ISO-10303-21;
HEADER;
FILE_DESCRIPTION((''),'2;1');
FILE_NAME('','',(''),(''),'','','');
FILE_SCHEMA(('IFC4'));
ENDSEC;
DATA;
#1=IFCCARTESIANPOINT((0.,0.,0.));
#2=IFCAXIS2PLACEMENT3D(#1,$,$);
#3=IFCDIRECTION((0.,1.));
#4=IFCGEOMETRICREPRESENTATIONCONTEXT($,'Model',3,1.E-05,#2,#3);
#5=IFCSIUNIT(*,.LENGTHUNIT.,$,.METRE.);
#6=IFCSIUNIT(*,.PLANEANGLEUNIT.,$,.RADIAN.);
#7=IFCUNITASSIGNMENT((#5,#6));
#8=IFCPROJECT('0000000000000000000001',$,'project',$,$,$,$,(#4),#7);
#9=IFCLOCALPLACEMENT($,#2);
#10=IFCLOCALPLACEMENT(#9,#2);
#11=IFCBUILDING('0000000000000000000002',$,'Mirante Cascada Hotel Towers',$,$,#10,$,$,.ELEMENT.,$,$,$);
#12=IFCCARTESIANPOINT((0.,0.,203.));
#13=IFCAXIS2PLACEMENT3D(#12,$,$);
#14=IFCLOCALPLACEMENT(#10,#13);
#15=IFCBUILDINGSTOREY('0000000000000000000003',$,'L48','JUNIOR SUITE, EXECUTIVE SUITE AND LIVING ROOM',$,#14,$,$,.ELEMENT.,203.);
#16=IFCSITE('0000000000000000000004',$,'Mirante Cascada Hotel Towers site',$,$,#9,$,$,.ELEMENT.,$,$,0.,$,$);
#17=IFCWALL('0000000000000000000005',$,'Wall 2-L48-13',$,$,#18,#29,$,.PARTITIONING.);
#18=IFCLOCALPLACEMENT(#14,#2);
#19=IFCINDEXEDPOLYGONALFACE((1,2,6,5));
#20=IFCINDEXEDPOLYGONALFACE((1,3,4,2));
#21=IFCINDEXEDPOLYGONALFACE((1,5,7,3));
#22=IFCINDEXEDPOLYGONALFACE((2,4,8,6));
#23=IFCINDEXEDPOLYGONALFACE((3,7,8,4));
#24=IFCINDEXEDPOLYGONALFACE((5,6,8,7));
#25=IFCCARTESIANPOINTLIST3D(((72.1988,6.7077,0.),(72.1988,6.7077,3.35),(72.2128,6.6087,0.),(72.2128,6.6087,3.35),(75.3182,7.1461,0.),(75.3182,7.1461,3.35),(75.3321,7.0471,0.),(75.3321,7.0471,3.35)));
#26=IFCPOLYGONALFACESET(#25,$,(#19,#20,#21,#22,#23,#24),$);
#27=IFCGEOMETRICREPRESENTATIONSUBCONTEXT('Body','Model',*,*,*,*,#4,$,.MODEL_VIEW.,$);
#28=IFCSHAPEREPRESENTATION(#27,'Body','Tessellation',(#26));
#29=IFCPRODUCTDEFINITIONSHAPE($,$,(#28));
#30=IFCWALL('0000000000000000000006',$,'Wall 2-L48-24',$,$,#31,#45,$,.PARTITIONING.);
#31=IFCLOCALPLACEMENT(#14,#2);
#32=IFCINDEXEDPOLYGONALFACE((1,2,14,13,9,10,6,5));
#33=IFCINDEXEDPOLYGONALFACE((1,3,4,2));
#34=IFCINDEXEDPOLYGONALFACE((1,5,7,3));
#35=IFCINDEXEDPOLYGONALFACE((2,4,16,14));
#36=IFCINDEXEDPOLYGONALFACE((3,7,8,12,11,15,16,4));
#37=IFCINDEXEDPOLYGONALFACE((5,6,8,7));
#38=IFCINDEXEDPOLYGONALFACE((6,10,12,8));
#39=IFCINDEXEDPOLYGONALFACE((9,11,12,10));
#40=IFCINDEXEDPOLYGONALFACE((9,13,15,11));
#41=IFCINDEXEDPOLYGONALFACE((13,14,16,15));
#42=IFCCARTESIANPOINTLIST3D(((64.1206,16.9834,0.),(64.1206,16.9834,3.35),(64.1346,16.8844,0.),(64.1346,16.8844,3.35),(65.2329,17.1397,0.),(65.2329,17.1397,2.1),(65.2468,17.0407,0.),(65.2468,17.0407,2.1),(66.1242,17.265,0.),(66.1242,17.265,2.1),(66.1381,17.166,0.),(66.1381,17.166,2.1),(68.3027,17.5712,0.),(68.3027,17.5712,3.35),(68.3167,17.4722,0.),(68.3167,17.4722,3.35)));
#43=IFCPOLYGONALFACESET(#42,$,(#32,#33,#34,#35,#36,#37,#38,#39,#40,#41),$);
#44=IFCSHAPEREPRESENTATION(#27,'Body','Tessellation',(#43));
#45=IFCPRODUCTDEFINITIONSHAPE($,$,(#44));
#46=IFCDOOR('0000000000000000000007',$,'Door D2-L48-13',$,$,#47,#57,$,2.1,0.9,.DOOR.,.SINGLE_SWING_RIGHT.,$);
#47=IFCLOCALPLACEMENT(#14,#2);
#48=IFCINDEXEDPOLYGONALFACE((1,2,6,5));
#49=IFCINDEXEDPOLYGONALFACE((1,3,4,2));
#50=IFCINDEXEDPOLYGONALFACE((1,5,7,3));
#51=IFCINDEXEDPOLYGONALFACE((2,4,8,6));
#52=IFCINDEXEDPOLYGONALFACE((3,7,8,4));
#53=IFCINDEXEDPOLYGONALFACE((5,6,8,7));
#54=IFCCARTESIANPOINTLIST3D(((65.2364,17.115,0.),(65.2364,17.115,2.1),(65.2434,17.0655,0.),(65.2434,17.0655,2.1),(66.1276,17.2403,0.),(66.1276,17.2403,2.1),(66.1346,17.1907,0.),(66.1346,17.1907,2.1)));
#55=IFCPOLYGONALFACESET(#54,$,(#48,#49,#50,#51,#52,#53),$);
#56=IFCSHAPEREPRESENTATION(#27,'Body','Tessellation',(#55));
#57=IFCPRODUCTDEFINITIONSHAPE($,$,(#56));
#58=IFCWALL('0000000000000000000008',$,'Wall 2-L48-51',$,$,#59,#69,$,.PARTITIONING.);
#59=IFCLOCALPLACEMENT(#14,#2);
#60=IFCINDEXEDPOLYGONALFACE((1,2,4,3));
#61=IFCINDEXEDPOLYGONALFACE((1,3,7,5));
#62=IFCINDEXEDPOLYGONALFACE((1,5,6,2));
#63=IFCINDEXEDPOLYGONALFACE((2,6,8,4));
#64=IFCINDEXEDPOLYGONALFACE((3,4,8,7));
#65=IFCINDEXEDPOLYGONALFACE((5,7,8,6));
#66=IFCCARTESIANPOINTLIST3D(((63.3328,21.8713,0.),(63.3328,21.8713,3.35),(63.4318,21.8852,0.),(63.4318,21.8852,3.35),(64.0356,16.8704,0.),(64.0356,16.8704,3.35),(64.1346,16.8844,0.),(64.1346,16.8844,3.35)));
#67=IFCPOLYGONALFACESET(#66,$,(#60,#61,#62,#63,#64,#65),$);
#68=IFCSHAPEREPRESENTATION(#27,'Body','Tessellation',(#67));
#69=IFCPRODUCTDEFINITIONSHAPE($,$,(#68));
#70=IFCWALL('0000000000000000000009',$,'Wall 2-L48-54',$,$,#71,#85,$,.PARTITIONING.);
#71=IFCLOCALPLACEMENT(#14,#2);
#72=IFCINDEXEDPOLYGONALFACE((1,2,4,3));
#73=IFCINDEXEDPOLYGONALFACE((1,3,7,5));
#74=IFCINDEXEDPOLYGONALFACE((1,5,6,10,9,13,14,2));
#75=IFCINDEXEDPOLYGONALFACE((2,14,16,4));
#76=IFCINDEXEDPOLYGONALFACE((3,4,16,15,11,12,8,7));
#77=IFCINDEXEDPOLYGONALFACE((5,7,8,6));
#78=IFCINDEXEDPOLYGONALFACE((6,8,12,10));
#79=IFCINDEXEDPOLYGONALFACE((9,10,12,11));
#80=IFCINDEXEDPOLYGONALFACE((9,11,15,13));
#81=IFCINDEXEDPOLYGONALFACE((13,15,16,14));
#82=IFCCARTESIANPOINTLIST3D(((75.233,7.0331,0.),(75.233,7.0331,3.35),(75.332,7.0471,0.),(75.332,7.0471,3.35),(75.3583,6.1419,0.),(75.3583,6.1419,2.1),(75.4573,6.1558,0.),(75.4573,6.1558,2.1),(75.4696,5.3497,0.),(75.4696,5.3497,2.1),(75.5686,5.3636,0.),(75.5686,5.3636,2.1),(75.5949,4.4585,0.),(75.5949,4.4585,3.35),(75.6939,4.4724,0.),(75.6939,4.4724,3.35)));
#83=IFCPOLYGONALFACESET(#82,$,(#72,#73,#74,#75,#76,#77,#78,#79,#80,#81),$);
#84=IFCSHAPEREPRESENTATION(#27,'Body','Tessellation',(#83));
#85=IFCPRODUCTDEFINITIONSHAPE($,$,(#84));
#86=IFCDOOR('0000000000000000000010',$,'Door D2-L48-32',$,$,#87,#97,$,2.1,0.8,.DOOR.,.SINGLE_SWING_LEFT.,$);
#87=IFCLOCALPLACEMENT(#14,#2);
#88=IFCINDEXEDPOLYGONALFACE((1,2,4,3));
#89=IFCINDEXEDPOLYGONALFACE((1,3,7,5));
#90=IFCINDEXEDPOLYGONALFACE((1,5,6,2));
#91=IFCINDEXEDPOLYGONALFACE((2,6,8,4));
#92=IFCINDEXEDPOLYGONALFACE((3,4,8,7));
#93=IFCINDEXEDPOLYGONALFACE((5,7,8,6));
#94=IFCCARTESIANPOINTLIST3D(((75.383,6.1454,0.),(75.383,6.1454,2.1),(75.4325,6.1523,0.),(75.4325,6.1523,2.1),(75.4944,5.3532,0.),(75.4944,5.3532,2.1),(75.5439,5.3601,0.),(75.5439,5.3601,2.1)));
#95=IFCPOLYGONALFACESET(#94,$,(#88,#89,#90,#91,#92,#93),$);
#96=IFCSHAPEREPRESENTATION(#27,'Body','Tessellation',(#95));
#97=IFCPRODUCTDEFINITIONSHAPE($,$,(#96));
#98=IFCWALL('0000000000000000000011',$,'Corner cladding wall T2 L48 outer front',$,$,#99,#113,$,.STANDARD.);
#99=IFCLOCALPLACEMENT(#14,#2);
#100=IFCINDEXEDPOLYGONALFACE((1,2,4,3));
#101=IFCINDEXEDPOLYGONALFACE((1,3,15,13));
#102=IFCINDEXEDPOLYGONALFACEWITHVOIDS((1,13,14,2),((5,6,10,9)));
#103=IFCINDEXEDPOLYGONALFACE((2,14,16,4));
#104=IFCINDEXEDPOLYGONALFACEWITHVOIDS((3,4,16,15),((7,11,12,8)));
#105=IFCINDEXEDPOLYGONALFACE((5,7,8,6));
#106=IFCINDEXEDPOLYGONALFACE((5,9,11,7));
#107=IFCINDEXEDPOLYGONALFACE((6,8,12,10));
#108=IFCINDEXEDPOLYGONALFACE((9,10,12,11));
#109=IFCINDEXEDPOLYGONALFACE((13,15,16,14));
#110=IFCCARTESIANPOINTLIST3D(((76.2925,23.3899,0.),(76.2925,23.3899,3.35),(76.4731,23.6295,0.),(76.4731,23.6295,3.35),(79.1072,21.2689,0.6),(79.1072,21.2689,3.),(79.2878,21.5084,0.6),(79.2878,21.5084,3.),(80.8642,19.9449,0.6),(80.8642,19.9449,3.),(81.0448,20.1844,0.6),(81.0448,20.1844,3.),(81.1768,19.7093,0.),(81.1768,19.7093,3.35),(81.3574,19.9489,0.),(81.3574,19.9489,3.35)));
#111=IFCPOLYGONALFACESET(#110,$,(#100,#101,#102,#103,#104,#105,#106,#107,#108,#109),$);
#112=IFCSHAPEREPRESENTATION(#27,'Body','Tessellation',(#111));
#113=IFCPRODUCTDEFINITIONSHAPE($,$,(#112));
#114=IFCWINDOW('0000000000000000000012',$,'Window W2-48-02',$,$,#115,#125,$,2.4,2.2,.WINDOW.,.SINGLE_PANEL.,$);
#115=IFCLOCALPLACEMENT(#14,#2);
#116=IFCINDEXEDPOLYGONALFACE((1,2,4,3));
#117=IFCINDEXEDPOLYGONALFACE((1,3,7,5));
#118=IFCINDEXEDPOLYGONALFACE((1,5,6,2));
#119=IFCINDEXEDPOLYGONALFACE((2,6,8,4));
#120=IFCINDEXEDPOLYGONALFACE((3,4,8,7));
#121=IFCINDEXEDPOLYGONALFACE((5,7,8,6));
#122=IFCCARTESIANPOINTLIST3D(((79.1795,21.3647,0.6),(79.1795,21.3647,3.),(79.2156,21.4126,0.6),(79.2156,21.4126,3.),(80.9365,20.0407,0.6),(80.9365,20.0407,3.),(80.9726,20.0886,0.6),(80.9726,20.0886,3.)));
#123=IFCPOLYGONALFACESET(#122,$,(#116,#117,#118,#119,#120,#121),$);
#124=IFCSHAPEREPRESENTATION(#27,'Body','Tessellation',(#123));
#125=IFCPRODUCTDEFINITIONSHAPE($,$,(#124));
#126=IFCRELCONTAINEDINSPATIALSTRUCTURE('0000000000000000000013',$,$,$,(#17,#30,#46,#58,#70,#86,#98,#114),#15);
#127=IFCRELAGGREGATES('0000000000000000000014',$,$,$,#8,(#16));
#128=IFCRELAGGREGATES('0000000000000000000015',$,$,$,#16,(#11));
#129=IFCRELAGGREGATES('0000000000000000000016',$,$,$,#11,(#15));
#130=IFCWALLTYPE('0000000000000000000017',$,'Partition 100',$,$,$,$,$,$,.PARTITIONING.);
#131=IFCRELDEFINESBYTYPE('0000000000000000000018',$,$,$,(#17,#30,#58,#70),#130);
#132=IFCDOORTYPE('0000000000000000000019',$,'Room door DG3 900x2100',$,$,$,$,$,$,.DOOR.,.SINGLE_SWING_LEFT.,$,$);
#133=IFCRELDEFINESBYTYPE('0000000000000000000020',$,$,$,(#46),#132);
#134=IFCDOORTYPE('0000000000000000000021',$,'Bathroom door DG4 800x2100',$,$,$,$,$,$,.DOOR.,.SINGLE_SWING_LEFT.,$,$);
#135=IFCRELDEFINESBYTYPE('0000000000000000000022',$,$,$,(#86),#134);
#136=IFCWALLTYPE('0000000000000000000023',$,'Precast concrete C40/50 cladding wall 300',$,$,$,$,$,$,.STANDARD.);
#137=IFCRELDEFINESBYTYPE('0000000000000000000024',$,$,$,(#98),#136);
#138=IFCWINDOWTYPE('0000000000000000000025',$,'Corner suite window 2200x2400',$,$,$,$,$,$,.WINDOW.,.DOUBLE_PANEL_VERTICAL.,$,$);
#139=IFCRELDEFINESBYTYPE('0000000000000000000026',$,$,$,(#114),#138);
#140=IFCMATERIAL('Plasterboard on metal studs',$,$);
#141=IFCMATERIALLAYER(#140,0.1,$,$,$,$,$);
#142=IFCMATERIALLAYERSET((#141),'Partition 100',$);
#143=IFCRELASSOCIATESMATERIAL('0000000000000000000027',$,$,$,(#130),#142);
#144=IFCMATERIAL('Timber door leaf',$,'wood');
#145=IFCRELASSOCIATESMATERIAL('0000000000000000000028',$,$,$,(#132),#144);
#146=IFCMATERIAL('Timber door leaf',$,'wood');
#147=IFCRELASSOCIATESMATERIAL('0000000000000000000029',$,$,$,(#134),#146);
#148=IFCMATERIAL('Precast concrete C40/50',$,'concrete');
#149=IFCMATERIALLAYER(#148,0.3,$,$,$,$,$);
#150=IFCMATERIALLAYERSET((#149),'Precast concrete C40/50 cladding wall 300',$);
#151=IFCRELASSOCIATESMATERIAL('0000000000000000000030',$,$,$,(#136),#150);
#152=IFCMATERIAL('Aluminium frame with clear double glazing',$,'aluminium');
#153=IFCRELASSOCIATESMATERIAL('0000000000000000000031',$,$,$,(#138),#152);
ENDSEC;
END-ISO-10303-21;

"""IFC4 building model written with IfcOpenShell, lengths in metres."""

from ifc_helpers import new_model, si_unit, direction, frame, frame_2d, origin, place, context, subcontext, project, spatial, rectangle, extrude, material, layer, layer_set, type_object, element, fill, save


model = new_model("IFC4")

# Units and contexts
model_context = context("Model", 3, precision=1e-05, world=origin(), true_north=direction((0.0, 1.0)))
body_context = subcontext(model_context, "Body", "Model", "MODEL_VIEW")
ifc_project = project(units=[si_unit("LENGTHUNIT", "METRE"), si_unit("PLANEANGLEUNIT", "RADIAN")], contexts=[model_context])

# Site, building, storey
site_placement = place(None, origin())
site = spatial("IfcSite", under=ifc_project, at=site_placement, Name="Mirante Cascada Hotel Towers site", CompositionType="ELEMENT", RefElevation=0.0)
building_placement = place(site_placement, origin())
building = spatial("IfcBuilding", under=site, at=building_placement, Name="Mirante Cascada Hotel Towers", CompositionType="ELEMENT")
storey_placement = place(building_placement, frame((0.0, 0.0, 203.0)))
storey = spatial("IfcBuildingStorey", under=building, at=storey_placement, Name="L48", Description="JUNIOR SUITE, EXECUTIVE SUITE AND LIVING ROOM", CompositionType="ELEMENT", Elevation=203.0)

# Wall
ifc_material_1 = material(Name="Plasterboard on metal studs")
ifc_layer_1 = layer(ifc_material_1, 0.1)
ifc_layer_set_1 = layer_set([ifc_layer_1], Name="Partition 100")
wall_type_1 = type_object("IfcWallType", Name="Partition 100", PredefinedType="PARTITIONING", material=ifc_layer_set_1)
wall_1_placement = place(storey_placement, frame((72.2058, 6.6582, 0.0), z_axis=(0.0, 0.0, 1.0), x_axis=(0.990268, 0.139177, 0.0)))
element("IfcWall", 1, at=wall_1_placement, inside=storey, type_object=wall_type_1, Name="Wall 2-L48-13", PredefinedType="PARTITIONING", context=body_context, shape_type="SweptSolid", body=[
    extrude(rectangle(XDim=3.15, YDim=0.1, at=frame_2d((1.575, 0.0))), origin(), (0.0, 0.0, 1.0), 3.35),
])

# Wall, opening, door
wall_2_placement = place(storey_placement, frame((68.3097, 17.5217, 0.0), z_axis=(0.0, 0.0, 1.0), x_axis=(-0.990267, -0.139183, 0.0)))
wall_2 = element("IfcWall", 2, at=wall_2_placement, inside=storey, type_object=wall_type_1, Name="Wall 2-L48-24", PredefinedType="PARTITIONING", context=body_context, shape_type="SweptSolid", body=[
    extrude(rectangle(XDim=4.2232, YDim=0.1, at=frame_2d((2.1116, 0.0))), origin(), (0.0, 0.0, 1.0), 3.35),
])
opening_1_placement = place(wall_2_placement, frame((2.2, 0.0, 0.0)))
opening_1 = element("IfcOpeningElement", 3, at=opening_1_placement, cuts=wall_2, PredefinedType="OPENING", context=body_context, shape_type="SweptSolid", body=[
    extrude(rectangle(XDim=0.9, YDim=2.1, at=frame_2d((0.45, 1.05))), frame((0.0, 0.05, 0.0), z_axis=(0.0, -1.0, 0.0), x_axis=(1.0, 0.0, 0.0)), (0.0, 0.0, 1.0), 0.1),
])
ifc_material_2 = material(Name="Timber door leaf", Category="wood")
door_type_1 = type_object("IfcDoorType", Name="Room door DG3 900x2100", OperationType="SINGLE_SWING_LEFT", PredefinedType="DOOR", material=ifc_material_2)
door_1_placement = place(opening_1_placement, frame((0.9, 0.0, 0.0), z_axis=(0.0, 0.0, 1.0), x_axis=(-1.0, 0.0, 0.0)))
door_1 = element("IfcDoor", 4, at=door_1_placement, inside=storey, type_object=door_type_1, Name="Door D2-L48-13", OperationType="SINGLE_SWING_RIGHT", OverallHeight=2.1, OverallWidth=0.9, PredefinedType="DOOR", context=body_context, shape_type="SweptSolid", body=[
    extrude(rectangle(XDim=0.9, YDim=2.1, at=frame_2d((0.45, 1.05))), frame((0.0, 0.025, 0.0), z_axis=(0.0, -1.0, 0.0), x_axis=(1.0, 0.0, 0.0)), (0.0, 0.0, 1.0), 0.05),
])
fill(opening_1, door_1)

# Wall
wall_3_placement = place(storey_placement, frame((64.0851, 16.8774, 0.0), z_axis=(0.0, 0.0, 1.0), x_axis=(-0.139167, 0.990269, 0.0)))
element("IfcWall", 5, at=wall_3_placement, inside=storey, type_object=wall_type_1, Name="Wall 2-L48-51", PredefinedType="PARTITIONING", context=body_context, shape_type="SweptSolid", body=[
    extrude(rectangle(XDim=5.05, YDim=0.1, at=frame_2d((2.525, 0.0))), origin(), (0.0, 0.0, 1.0), 3.35),
])

# Wall, opening, door
wall_4_placement = place(storey_placement, frame((75.2825, 7.0401, 0.0), z_axis=(0.0, 0.0, 1.0), x_axis=(0.139192, -0.990265, 0.0)))
wall_4 = element("IfcWall", 6, at=wall_4_placement, inside=storey, type_object=wall_type_1, Name="Wall 2-L48-54", PredefinedType="PARTITIONING", context=body_context, shape_type="SweptSolid", body=[
    extrude(rectangle(XDim=2.6, YDim=0.1, at=frame_2d((1.3, 0.0))), origin(), (0.0, 0.0, 1.0), 3.35),
])
opening_2_placement = place(wall_4_placement, frame((0.9, 0.0, 0.0)))
opening_2 = element("IfcOpeningElement", 7, at=opening_2_placement, cuts=wall_4, PredefinedType="OPENING", context=body_context, shape_type="SweptSolid", body=[
    extrude(rectangle(XDim=0.8, YDim=2.1, at=frame_2d((0.4, 1.05))), frame((0.0, 0.05, 0.0), z_axis=(0.0, -1.0, 0.0), x_axis=(1.0, 0.0, 0.0)), (0.0, 0.0, 1.0), 0.1),
])
ifc_material_3 = material(Name="Timber door leaf", Category="wood")
door_type_2 = type_object("IfcDoorType", Name="Bathroom door DG4 800x2100", OperationType="SINGLE_SWING_LEFT", PredefinedType="DOOR", material=ifc_material_3)
door_2_placement = place(opening_2_placement, origin())
door_2 = element("IfcDoor", 8, at=door_2_placement, inside=storey, type_object=door_type_2, Name="Door D2-L48-32", OperationType="SINGLE_SWING_LEFT", OverallHeight=2.1, OverallWidth=0.8, PredefinedType="DOOR", context=body_context, shape_type="SweptSolid", body=[
    extrude(rectangle(XDim=0.8, YDim=2.1, at=frame_2d((0.4, 1.05))), frame((0.0, 0.025, 0.0), z_axis=(0.0, -1.0, 0.0), x_axis=(1.0, 0.0, 0.0)), (0.0, 0.0, 1.0), 0.05),
])
fill(opening_2, door_2)

# Wall, opening, window
ifc_material_4 = material(Name="Precast concrete C40/50", Category="concrete")
ifc_layer_2 = layer(ifc_material_4, 0.3)
ifc_layer_set_2 = layer_set([ifc_layer_2], Name="Precast concrete C40/50 cladding wall 300")
wall_type_2 = type_object("IfcWallType", Name="Precast concrete C40/50 cladding wall 300", PredefinedType="STANDARD", material=ifc_layer_set_2)
wall_5_placement = place(storey_placement, frame((81.2671, 19.8291, 0.0), z_axis=(0.0, 0.0, 1.0), x_axis=(-0.798634, 0.601817, 0.0)))
wall_5 = element("IfcWall", 9, at=wall_5_placement, inside=storey, type_object=wall_type_2, Name="Corner cladding wall T2 L48 outer front", PredefinedType="STANDARD", context=body_context, shape_type="SweptSolid", body=[
    extrude(rectangle(XDim=6.1158, YDim=0.3, at=frame_2d((3.0579, 0.0))), origin(), (0.0, 0.0, 1.0), 3.35),
])
opening_3_placement = place(wall_5_placement, frame((0.3914, 0.0, 0.6)))
opening_3 = element("IfcOpeningElement", 10, at=opening_3_placement, cuts=wall_5, PredefinedType="OPENING", context=body_context, shape_type="SweptSolid", body=[
    extrude(rectangle(XDim=2.2, YDim=2.4, at=frame_2d((1.1, 1.2))), frame((0.0, 0.15, 0.0), z_axis=(0.0, -1.0, 0.0), x_axis=(1.0, 0.0, 0.0)), (0.0, 0.0, 1.0), 0.3),
])
ifc_material_5 = material(Name="Aluminium frame with clear double glazing", Category="aluminium")
window_type = type_object("IfcWindowType", Name="Corner suite window 2200x2400", PartitioningType="DOUBLE_PANEL_VERTICAL", PredefinedType="WINDOW", material=ifc_material_5)
window_placement = place(opening_3_placement, origin())
window = element("IfcWindow", 11, at=window_placement, inside=storey, type_object=window_type, Name="Window W2-48-02", OverallHeight=2.4, OverallWidth=2.2, PartitioningType="SINGLE_PANEL", PredefinedType="WINDOW", context=body_context, shape_type="SweptSolid", body=[
    extrude(rectangle(XDim=2.2, YDim=2.4, at=frame_2d((1.1, 1.2))), frame((0.0, 0.03, 0.0), z_axis=(0.0, -1.0, 0.0), x_axis=(1.0, 0.0, 0.0)), (0.0, 0.0, 1.0), 0.06),
])
fill(opening_3, window)

save(model, "model.ifc")
